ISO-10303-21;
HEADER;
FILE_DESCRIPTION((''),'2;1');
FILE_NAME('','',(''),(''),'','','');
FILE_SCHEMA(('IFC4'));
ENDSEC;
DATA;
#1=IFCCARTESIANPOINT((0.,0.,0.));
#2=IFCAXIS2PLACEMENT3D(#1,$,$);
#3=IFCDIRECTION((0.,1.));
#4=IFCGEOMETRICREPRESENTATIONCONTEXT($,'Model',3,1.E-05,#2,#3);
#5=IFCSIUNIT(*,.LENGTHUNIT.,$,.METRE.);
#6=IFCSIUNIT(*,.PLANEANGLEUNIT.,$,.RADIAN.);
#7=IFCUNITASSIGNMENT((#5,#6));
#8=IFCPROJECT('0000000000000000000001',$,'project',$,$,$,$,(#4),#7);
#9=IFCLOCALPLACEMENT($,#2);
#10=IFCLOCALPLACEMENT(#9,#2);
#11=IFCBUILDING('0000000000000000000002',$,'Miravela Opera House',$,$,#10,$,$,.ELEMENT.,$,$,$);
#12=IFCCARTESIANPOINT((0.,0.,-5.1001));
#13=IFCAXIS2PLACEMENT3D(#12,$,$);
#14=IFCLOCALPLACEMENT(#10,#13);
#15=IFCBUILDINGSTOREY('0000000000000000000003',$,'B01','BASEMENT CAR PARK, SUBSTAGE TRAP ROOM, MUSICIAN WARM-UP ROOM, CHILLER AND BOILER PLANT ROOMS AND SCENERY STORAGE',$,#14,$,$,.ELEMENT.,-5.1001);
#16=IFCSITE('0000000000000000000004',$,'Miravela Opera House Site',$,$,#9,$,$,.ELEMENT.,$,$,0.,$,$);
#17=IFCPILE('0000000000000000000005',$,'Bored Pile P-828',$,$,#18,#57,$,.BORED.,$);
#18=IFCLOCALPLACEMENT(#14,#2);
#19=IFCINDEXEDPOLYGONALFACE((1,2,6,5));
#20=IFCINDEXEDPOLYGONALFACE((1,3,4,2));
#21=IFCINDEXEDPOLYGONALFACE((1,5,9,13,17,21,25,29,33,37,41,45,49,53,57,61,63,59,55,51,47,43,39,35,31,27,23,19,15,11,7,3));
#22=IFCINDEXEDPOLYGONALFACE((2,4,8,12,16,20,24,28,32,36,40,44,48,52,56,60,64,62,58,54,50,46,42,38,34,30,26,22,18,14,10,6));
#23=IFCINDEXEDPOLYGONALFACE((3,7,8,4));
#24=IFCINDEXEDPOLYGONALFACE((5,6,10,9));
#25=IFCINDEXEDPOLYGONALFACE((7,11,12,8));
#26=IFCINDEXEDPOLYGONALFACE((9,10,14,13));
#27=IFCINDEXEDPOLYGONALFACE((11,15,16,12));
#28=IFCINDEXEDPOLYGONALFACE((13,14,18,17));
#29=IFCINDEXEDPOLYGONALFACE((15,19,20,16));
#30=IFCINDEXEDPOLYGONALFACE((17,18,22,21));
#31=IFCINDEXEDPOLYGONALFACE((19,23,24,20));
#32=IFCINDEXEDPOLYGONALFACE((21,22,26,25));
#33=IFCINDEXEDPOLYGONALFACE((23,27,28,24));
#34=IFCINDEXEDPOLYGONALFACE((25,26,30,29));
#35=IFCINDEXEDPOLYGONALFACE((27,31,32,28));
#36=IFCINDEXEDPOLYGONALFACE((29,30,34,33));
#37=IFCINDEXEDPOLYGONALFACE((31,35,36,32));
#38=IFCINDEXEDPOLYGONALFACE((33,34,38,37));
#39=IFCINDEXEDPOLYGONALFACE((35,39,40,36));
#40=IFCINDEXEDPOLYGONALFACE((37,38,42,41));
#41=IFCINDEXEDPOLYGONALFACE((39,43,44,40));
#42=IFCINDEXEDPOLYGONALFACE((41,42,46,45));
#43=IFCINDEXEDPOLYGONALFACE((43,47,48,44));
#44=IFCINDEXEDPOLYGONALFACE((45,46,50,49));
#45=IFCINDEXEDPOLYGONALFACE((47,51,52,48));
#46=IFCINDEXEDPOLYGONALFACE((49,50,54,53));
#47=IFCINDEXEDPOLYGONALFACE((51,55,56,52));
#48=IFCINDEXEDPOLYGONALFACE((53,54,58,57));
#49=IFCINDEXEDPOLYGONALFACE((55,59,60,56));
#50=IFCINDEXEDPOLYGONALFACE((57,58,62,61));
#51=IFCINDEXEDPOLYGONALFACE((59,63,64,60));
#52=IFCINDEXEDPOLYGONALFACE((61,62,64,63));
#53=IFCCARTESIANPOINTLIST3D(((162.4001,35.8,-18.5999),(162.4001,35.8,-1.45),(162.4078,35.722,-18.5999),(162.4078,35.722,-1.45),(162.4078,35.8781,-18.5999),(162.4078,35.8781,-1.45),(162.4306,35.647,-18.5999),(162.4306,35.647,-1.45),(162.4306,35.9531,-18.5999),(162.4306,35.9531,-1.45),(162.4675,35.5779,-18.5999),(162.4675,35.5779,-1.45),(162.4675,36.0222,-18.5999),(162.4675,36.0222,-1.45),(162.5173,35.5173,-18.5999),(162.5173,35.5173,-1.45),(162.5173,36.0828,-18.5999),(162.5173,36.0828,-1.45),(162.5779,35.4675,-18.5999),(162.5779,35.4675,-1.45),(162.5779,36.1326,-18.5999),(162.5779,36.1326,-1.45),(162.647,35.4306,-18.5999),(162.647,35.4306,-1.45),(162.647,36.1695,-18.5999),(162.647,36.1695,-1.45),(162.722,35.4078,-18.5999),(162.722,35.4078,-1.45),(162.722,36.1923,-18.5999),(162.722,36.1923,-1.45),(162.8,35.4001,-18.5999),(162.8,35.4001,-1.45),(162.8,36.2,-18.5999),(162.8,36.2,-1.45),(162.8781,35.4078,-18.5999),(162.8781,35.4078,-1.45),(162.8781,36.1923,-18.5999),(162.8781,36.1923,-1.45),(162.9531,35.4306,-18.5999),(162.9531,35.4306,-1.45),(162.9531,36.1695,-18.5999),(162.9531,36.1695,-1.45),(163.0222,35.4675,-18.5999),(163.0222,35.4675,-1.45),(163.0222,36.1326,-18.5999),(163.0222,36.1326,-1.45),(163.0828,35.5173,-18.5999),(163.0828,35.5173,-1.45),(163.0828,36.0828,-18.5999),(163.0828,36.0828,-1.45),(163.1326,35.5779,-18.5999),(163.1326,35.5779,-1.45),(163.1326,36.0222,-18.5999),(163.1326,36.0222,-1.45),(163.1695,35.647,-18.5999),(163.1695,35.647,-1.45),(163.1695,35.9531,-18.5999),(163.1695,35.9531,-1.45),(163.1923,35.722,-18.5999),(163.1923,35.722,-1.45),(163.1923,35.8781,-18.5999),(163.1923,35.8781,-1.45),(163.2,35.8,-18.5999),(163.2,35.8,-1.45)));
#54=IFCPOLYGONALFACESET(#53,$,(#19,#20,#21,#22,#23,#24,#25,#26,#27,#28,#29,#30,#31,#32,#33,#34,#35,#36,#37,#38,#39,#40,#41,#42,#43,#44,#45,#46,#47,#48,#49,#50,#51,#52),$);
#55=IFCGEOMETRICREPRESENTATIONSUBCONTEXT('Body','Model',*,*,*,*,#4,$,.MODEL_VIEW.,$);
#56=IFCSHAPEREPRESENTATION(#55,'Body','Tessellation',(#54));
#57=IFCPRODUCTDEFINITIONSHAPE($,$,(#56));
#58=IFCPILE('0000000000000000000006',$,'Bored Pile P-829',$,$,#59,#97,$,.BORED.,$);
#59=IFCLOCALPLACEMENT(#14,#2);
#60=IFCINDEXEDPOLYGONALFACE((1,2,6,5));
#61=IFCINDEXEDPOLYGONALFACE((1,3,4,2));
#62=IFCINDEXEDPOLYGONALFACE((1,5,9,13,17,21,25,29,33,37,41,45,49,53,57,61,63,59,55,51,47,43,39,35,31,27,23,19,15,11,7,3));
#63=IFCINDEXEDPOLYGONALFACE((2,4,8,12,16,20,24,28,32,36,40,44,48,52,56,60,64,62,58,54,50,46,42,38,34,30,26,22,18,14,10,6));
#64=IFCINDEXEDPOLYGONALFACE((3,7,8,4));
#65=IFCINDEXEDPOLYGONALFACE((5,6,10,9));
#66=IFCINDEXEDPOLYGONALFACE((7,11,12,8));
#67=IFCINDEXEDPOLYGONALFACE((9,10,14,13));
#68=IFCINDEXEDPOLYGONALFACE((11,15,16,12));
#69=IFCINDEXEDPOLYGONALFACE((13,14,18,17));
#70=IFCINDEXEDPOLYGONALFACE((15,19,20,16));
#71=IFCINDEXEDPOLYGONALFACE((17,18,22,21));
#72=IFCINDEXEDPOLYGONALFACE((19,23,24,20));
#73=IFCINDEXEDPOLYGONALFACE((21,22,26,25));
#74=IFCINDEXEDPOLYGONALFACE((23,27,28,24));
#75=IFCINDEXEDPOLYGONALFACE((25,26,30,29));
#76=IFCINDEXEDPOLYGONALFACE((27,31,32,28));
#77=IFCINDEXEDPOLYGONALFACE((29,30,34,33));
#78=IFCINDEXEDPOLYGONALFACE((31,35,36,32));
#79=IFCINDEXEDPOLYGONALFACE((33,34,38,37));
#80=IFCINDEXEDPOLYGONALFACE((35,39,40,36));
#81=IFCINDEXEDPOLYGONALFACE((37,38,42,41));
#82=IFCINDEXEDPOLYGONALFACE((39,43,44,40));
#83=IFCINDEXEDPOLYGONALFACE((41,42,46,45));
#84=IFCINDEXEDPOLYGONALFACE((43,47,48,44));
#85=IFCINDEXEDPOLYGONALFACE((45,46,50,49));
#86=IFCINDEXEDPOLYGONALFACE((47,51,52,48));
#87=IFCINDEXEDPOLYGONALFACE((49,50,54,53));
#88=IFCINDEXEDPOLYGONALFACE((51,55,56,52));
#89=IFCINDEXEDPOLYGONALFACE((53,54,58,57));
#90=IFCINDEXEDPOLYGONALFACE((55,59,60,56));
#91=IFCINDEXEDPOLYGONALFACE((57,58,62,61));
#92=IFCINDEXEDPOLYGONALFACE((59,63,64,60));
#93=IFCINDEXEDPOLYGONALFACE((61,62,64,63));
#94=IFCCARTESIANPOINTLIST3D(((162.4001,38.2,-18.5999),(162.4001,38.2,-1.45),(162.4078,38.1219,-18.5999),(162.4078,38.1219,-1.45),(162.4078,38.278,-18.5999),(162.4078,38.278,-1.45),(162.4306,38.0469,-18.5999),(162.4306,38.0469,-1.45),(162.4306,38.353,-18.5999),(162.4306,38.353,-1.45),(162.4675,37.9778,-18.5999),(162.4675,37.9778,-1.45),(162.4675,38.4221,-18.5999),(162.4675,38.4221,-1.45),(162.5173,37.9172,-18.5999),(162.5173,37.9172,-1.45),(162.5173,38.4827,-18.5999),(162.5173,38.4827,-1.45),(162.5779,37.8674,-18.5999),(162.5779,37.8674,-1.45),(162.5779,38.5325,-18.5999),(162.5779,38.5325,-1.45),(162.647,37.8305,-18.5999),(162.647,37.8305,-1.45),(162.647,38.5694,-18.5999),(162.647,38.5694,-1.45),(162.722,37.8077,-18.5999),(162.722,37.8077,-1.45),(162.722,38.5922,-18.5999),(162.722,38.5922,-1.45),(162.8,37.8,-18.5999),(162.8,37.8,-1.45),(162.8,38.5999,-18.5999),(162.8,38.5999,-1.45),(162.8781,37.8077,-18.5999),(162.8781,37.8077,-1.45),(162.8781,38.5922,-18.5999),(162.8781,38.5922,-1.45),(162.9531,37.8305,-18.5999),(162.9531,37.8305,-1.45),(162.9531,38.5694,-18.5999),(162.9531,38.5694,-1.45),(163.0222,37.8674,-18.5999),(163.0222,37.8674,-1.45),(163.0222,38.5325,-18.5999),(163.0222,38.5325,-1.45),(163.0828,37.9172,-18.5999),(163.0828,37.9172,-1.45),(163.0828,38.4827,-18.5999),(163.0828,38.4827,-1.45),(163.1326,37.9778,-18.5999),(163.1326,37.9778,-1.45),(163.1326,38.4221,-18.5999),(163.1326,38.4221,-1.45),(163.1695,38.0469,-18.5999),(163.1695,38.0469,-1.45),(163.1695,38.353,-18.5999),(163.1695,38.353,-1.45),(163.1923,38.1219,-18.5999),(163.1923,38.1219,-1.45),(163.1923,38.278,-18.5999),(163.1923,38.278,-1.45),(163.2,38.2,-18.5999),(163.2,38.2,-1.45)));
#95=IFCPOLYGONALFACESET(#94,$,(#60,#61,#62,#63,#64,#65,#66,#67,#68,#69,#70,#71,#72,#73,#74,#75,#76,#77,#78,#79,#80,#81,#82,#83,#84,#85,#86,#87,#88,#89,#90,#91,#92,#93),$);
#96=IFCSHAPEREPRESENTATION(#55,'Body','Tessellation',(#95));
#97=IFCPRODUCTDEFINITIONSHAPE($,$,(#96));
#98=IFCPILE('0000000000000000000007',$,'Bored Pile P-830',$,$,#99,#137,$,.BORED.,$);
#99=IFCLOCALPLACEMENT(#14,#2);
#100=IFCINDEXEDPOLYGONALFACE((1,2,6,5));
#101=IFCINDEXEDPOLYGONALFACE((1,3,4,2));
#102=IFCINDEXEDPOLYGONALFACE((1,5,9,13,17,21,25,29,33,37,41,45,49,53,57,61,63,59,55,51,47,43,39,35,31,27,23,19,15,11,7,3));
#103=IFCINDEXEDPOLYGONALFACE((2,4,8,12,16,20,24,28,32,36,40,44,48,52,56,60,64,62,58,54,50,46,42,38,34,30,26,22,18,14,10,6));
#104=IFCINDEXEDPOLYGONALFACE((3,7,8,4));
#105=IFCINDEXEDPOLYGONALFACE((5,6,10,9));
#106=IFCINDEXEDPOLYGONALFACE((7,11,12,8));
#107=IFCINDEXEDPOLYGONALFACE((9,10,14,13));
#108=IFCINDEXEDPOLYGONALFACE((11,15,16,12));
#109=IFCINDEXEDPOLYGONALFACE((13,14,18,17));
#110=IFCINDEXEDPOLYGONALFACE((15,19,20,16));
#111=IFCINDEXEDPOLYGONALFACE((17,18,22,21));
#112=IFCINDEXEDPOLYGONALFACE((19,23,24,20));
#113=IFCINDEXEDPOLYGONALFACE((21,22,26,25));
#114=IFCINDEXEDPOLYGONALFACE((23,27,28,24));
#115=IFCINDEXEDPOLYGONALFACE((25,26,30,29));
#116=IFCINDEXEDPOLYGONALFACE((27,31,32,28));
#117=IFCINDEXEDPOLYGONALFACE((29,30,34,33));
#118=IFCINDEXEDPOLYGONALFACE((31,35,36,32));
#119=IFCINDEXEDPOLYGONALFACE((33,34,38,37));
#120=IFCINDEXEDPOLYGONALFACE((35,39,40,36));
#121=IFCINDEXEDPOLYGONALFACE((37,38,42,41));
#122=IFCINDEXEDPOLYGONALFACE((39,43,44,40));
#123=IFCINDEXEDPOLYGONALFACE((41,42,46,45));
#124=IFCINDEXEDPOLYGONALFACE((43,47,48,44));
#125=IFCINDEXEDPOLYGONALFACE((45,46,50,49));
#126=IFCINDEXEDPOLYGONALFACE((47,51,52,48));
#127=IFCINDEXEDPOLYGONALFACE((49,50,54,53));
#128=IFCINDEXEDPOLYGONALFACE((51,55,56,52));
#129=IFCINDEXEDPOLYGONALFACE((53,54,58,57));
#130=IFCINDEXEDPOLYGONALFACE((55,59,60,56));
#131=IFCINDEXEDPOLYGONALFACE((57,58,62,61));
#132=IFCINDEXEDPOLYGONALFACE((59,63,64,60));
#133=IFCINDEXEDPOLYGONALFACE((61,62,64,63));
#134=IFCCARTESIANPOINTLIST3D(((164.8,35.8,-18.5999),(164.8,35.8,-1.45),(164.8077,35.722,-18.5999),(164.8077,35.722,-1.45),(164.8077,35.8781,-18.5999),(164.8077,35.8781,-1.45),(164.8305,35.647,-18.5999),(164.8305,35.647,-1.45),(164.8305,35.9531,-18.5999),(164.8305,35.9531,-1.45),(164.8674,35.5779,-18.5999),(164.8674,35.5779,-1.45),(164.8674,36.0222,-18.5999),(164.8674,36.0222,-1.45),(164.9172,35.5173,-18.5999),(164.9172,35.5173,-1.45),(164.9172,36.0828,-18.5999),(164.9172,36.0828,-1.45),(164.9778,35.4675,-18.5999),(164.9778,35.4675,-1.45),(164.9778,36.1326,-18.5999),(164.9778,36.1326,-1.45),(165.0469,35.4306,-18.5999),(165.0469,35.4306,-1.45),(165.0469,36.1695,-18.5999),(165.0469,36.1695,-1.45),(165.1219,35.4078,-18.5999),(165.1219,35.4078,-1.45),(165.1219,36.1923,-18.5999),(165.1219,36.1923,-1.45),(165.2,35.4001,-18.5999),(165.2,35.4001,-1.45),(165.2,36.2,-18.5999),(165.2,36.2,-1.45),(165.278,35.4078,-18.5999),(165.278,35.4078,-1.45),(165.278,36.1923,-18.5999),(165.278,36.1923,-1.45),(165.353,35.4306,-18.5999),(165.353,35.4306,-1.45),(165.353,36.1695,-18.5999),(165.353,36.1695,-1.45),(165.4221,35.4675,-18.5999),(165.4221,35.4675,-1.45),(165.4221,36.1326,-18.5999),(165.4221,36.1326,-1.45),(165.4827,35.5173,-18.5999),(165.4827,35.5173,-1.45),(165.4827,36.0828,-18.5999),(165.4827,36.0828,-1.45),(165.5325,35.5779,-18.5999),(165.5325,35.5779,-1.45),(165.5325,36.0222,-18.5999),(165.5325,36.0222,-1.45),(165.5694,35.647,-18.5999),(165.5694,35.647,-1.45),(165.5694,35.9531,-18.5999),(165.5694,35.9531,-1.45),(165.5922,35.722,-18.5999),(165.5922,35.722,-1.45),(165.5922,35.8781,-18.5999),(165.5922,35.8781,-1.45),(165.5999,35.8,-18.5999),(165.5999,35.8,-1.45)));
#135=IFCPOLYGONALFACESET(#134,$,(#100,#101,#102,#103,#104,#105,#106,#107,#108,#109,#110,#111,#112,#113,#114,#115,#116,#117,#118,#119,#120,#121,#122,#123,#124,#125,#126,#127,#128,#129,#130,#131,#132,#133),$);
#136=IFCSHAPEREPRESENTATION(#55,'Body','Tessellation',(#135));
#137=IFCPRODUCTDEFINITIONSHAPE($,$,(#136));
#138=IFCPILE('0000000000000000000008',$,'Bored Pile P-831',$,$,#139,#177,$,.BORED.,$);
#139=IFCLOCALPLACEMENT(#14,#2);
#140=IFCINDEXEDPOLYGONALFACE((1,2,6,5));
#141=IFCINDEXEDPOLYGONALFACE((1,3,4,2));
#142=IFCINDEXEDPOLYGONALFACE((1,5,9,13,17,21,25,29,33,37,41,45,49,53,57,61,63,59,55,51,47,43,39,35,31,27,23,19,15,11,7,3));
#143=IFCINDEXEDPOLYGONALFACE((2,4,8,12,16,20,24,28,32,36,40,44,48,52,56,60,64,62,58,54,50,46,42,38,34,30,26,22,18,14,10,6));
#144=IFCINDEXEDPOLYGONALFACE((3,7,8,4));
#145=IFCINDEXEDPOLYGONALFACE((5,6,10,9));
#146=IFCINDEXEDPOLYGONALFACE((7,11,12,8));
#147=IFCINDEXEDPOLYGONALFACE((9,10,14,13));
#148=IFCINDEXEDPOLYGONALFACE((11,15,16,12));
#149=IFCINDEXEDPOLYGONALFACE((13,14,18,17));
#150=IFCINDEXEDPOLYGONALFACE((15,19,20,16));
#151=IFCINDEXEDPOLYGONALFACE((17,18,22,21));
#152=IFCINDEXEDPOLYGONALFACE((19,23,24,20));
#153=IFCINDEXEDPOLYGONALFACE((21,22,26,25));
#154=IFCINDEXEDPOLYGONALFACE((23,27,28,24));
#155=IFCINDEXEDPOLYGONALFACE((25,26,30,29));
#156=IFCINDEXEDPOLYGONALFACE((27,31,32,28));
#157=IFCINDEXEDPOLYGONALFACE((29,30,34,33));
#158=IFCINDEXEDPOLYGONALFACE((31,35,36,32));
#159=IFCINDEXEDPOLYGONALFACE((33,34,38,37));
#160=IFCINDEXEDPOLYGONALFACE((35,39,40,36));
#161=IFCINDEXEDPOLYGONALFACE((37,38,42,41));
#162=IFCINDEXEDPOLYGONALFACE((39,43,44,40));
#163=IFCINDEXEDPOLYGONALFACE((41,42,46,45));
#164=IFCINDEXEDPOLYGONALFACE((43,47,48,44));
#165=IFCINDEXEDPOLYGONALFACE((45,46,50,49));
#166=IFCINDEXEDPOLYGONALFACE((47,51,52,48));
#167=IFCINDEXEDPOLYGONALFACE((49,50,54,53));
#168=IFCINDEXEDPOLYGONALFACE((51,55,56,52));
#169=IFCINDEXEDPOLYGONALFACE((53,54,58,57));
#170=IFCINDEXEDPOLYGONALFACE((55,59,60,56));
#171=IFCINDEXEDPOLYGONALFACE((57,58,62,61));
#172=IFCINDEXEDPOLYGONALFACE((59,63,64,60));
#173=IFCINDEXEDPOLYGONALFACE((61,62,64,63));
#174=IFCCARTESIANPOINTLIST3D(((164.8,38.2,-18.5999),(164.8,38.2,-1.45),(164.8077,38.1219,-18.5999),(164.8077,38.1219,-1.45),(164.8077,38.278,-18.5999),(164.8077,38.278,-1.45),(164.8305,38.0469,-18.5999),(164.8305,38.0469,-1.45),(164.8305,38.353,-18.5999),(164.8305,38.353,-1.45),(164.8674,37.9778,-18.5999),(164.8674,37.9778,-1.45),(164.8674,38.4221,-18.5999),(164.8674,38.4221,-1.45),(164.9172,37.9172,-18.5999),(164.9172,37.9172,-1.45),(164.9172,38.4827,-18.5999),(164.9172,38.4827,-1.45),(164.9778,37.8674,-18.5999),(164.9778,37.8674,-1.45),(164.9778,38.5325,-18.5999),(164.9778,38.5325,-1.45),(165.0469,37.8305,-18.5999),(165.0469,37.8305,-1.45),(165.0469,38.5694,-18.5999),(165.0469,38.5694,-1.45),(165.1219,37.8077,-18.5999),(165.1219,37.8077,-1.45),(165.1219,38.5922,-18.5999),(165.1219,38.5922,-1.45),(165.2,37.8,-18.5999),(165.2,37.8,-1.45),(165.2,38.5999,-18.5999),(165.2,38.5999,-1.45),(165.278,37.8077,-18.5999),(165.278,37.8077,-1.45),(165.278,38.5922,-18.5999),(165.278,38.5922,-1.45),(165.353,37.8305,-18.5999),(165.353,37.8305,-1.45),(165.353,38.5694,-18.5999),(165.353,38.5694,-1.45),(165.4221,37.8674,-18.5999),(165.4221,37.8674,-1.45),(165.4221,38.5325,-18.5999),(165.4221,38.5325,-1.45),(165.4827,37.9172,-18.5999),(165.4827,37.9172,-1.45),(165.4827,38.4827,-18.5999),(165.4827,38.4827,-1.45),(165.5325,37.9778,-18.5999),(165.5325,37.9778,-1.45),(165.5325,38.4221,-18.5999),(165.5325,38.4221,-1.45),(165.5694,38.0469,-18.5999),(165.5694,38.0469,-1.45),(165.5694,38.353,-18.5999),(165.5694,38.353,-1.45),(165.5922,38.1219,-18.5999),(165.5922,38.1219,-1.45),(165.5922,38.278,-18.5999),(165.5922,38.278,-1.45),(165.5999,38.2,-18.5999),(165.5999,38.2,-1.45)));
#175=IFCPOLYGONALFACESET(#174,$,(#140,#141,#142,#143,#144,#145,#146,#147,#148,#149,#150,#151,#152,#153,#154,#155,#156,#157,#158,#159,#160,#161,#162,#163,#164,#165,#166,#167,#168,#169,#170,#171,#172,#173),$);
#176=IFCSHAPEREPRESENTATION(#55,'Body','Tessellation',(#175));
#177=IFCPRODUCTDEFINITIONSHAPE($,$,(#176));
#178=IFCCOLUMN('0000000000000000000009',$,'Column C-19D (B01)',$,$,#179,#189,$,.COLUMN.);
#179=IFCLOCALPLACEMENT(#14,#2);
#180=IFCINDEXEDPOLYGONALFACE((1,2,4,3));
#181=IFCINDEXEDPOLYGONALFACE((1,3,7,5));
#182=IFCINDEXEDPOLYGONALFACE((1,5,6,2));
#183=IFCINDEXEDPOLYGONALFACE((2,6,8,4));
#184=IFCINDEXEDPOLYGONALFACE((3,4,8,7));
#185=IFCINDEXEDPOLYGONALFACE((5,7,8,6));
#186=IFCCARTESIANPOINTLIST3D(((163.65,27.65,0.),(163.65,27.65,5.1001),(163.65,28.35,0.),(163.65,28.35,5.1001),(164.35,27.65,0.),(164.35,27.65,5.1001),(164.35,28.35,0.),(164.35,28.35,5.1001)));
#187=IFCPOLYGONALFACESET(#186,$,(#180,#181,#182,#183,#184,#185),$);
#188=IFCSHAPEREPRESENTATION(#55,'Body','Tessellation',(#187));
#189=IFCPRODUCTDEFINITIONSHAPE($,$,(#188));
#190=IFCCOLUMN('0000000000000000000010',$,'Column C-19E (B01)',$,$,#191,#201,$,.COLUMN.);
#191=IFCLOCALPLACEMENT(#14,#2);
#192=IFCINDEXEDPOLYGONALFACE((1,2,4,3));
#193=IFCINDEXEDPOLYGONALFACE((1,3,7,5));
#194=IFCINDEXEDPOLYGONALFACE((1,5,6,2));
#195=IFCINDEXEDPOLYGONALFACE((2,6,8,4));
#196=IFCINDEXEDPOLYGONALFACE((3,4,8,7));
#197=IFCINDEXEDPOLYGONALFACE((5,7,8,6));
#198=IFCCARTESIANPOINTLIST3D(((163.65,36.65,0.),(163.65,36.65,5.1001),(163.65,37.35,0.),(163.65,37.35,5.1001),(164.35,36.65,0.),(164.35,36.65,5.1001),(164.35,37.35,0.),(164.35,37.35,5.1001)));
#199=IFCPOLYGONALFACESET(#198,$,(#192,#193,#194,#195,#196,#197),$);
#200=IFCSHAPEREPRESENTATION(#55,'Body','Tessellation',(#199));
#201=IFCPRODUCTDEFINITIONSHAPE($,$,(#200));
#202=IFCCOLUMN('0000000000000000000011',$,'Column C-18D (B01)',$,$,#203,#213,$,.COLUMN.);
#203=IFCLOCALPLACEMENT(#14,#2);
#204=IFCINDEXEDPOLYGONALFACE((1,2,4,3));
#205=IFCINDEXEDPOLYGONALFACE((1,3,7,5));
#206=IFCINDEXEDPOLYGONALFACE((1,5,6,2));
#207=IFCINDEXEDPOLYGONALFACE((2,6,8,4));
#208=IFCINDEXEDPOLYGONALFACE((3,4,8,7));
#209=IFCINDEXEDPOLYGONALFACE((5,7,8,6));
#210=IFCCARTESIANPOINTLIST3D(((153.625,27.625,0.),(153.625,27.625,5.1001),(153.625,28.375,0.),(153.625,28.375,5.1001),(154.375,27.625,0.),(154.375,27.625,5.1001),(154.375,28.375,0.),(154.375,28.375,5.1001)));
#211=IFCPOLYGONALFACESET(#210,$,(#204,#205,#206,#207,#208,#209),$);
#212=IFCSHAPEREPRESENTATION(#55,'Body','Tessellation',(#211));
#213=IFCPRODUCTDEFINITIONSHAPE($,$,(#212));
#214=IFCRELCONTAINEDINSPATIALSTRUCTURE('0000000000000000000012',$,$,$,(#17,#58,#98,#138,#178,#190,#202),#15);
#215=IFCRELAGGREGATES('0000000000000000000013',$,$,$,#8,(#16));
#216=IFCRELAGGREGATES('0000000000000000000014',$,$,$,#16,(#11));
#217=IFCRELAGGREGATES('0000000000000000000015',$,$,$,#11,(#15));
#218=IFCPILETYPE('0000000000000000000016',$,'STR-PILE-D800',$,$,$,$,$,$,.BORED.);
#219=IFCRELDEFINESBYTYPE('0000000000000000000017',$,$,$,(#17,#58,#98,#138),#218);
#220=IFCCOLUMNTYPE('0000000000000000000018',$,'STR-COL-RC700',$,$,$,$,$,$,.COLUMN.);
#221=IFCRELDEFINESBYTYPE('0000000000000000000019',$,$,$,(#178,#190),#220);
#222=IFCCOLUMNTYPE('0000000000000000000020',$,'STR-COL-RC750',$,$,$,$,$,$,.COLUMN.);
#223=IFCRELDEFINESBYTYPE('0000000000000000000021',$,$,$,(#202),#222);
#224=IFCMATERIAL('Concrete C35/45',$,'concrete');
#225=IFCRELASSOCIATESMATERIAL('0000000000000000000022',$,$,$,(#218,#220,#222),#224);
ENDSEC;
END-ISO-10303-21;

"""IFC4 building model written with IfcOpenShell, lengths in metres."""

from ifc_helpers import new_model, si_unit, direction, frame, origin, origin_2d, place, context, subcontext, project, spatial, rectangle, circle, extrude, material, material_profile, profile_set, type_object, element, save


model = new_model("IFC4")

# Units and contexts
model_context = context("Model", 3, precision=1e-05, world=origin(), true_north=direction((0.0, 1.0)))
body_context = subcontext(model_context, "Body", "Model", "MODEL_VIEW")
ifc_project = project(units=[si_unit("LENGTHUNIT", "METRE"), si_unit("PLANEANGLEUNIT", "RADIAN")], contexts=[model_context])

# Site, building, storey
site_placement = place(None, origin())
site = spatial("IfcSite", under=ifc_project, at=site_placement, Name="Miravela Opera House Site", CompositionType="ELEMENT", RefElevation=0.0)
building_placement = place(site_placement, origin())
building = spatial("IfcBuilding", under=site, at=building_placement, Name="Miravela Opera House", CompositionType="ELEMENT")
storey_placement = place(building_placement, frame((0.0, 0.0, -5.1001)))
storey = spatial("IfcBuildingStorey", under=building, at=storey_placement, Name="B01", Description="BASEMENT CAR PARK, SUBSTAGE TRAP ROOM, MUSICIAN WARM-UP ROOM, CHILLER AND BOILER PLANT ROOMS AND SCENERY STORAGE", CompositionType="ELEMENT", Elevation=-5.1001)

# Shared definitions
ifc_material_1 = material(Name="Concrete C35/45", Category="concrete")

# Piles
ifc_material_profile_1 = material_profile(ifc_material_1, circle(Radius=0.3999, at=origin_2d()), Name="PILE-D800")
ifc_profile_set_1 = profile_set([ifc_material_profile_1])
pile_type_1 = type_object("IfcPileType", Name="STR-PILE-D800", PredefinedType="BORED", material=ifc_profile_set_1)
for number, where, z_axis, x_axis, name in (
    (1, (162.8, 35.8, -1.45), (0.0, 0.0, -1.0), (1.0, 0.0, 0.0), "Bored Pile P-828"),
    (2, (162.8, 38.2, -1.45), (0.0, 0.0, -1.0), (1.0, 0.0, 0.0), "Bored Pile P-829"),
    (3, (165.2, 35.8, -1.45), (0.0, 0.0, -1.0), (1.0, 0.0, 0.0), "Bored Pile P-830"),
    (4, (165.2, 38.2, -1.45), (0.0, 0.0, -1.0), (1.0, 0.0, 0.0), "Bored Pile P-831"),
):
    element("IfcPile", number, at=place(storey_placement, frame(where, z_axis=z_axis, x_axis=x_axis)), inside=storey, type_object=pile_type_1, Name=name, PredefinedType="BORED", context=body_context, shape_type="SweptSolid", body=[
        extrude(circle(Radius=0.3999, at=origin_2d()), origin(), (0.0, 0.0, 1.0), 17.1499),
    ])

# Columns
ifc_material_profile_2 = material_profile(ifc_material_1, rectangle(XDim=0.7, YDim=0.7, at=origin_2d()), Name="RC-COL-700X700")
ifc_profile_set_2 = profile_set([ifc_material_profile_2])
column_type_1 = type_object("IfcColumnType", Name="STR-COL-RC700", PredefinedType="COLUMN", material=ifc_profile_set_2)
for number, where, z_axis, x_axis, name in (
    (5, (164.0, 28.0, 0.0), (0.0, 0.0, 1.0), (1.0, 0.0, 0.0), "Column C-19D (B01)"),
    (6, (164.0, 37.0, 0.0), (0.0, 0.0, 1.0), (1.0, 0.0, 0.0), "Column C-19E (B01)"),
):
    element("IfcColumn", number, at=place(storey_placement, frame(where, z_axis=z_axis, x_axis=x_axis)), inside=storey, type_object=column_type_1, Name=name, PredefinedType="COLUMN", context=body_context, shape_type="SweptSolid", body=[
        extrude(rectangle(XDim=0.7, YDim=0.7, at=origin_2d()), origin(), (0.0, 0.0, 1.0), 5.1001),
    ])
ifc_material_profile_3 = material_profile(ifc_material_1, rectangle(XDim=0.75, YDim=0.75, at=origin_2d()), Name="RC-COL-750X750")
ifc_profile_set_3 = profile_set([ifc_material_profile_3])
column_type_2 = type_object("IfcColumnType", Name="STR-COL-RC750", PredefinedType="COLUMN", material=ifc_profile_set_3)
column_placement = place(storey_placement, frame((154.0, 28.0, 0.0), z_axis=(0.0, 0.0, 1.0), x_axis=(1.0, 0.0, 0.0)))
element("IfcColumn", 7, at=column_placement, inside=storey, type_object=column_type_2, Name="Column C-18D (B01)", PredefinedType="COLUMN", context=body_context, shape_type="SweptSolid", body=[
    extrude(rectangle(XDim=0.75, YDim=0.75, at=origin_2d()), origin(), (0.0, 0.0, 1.0), 5.1001),
])

save(model, "model.ifc")
